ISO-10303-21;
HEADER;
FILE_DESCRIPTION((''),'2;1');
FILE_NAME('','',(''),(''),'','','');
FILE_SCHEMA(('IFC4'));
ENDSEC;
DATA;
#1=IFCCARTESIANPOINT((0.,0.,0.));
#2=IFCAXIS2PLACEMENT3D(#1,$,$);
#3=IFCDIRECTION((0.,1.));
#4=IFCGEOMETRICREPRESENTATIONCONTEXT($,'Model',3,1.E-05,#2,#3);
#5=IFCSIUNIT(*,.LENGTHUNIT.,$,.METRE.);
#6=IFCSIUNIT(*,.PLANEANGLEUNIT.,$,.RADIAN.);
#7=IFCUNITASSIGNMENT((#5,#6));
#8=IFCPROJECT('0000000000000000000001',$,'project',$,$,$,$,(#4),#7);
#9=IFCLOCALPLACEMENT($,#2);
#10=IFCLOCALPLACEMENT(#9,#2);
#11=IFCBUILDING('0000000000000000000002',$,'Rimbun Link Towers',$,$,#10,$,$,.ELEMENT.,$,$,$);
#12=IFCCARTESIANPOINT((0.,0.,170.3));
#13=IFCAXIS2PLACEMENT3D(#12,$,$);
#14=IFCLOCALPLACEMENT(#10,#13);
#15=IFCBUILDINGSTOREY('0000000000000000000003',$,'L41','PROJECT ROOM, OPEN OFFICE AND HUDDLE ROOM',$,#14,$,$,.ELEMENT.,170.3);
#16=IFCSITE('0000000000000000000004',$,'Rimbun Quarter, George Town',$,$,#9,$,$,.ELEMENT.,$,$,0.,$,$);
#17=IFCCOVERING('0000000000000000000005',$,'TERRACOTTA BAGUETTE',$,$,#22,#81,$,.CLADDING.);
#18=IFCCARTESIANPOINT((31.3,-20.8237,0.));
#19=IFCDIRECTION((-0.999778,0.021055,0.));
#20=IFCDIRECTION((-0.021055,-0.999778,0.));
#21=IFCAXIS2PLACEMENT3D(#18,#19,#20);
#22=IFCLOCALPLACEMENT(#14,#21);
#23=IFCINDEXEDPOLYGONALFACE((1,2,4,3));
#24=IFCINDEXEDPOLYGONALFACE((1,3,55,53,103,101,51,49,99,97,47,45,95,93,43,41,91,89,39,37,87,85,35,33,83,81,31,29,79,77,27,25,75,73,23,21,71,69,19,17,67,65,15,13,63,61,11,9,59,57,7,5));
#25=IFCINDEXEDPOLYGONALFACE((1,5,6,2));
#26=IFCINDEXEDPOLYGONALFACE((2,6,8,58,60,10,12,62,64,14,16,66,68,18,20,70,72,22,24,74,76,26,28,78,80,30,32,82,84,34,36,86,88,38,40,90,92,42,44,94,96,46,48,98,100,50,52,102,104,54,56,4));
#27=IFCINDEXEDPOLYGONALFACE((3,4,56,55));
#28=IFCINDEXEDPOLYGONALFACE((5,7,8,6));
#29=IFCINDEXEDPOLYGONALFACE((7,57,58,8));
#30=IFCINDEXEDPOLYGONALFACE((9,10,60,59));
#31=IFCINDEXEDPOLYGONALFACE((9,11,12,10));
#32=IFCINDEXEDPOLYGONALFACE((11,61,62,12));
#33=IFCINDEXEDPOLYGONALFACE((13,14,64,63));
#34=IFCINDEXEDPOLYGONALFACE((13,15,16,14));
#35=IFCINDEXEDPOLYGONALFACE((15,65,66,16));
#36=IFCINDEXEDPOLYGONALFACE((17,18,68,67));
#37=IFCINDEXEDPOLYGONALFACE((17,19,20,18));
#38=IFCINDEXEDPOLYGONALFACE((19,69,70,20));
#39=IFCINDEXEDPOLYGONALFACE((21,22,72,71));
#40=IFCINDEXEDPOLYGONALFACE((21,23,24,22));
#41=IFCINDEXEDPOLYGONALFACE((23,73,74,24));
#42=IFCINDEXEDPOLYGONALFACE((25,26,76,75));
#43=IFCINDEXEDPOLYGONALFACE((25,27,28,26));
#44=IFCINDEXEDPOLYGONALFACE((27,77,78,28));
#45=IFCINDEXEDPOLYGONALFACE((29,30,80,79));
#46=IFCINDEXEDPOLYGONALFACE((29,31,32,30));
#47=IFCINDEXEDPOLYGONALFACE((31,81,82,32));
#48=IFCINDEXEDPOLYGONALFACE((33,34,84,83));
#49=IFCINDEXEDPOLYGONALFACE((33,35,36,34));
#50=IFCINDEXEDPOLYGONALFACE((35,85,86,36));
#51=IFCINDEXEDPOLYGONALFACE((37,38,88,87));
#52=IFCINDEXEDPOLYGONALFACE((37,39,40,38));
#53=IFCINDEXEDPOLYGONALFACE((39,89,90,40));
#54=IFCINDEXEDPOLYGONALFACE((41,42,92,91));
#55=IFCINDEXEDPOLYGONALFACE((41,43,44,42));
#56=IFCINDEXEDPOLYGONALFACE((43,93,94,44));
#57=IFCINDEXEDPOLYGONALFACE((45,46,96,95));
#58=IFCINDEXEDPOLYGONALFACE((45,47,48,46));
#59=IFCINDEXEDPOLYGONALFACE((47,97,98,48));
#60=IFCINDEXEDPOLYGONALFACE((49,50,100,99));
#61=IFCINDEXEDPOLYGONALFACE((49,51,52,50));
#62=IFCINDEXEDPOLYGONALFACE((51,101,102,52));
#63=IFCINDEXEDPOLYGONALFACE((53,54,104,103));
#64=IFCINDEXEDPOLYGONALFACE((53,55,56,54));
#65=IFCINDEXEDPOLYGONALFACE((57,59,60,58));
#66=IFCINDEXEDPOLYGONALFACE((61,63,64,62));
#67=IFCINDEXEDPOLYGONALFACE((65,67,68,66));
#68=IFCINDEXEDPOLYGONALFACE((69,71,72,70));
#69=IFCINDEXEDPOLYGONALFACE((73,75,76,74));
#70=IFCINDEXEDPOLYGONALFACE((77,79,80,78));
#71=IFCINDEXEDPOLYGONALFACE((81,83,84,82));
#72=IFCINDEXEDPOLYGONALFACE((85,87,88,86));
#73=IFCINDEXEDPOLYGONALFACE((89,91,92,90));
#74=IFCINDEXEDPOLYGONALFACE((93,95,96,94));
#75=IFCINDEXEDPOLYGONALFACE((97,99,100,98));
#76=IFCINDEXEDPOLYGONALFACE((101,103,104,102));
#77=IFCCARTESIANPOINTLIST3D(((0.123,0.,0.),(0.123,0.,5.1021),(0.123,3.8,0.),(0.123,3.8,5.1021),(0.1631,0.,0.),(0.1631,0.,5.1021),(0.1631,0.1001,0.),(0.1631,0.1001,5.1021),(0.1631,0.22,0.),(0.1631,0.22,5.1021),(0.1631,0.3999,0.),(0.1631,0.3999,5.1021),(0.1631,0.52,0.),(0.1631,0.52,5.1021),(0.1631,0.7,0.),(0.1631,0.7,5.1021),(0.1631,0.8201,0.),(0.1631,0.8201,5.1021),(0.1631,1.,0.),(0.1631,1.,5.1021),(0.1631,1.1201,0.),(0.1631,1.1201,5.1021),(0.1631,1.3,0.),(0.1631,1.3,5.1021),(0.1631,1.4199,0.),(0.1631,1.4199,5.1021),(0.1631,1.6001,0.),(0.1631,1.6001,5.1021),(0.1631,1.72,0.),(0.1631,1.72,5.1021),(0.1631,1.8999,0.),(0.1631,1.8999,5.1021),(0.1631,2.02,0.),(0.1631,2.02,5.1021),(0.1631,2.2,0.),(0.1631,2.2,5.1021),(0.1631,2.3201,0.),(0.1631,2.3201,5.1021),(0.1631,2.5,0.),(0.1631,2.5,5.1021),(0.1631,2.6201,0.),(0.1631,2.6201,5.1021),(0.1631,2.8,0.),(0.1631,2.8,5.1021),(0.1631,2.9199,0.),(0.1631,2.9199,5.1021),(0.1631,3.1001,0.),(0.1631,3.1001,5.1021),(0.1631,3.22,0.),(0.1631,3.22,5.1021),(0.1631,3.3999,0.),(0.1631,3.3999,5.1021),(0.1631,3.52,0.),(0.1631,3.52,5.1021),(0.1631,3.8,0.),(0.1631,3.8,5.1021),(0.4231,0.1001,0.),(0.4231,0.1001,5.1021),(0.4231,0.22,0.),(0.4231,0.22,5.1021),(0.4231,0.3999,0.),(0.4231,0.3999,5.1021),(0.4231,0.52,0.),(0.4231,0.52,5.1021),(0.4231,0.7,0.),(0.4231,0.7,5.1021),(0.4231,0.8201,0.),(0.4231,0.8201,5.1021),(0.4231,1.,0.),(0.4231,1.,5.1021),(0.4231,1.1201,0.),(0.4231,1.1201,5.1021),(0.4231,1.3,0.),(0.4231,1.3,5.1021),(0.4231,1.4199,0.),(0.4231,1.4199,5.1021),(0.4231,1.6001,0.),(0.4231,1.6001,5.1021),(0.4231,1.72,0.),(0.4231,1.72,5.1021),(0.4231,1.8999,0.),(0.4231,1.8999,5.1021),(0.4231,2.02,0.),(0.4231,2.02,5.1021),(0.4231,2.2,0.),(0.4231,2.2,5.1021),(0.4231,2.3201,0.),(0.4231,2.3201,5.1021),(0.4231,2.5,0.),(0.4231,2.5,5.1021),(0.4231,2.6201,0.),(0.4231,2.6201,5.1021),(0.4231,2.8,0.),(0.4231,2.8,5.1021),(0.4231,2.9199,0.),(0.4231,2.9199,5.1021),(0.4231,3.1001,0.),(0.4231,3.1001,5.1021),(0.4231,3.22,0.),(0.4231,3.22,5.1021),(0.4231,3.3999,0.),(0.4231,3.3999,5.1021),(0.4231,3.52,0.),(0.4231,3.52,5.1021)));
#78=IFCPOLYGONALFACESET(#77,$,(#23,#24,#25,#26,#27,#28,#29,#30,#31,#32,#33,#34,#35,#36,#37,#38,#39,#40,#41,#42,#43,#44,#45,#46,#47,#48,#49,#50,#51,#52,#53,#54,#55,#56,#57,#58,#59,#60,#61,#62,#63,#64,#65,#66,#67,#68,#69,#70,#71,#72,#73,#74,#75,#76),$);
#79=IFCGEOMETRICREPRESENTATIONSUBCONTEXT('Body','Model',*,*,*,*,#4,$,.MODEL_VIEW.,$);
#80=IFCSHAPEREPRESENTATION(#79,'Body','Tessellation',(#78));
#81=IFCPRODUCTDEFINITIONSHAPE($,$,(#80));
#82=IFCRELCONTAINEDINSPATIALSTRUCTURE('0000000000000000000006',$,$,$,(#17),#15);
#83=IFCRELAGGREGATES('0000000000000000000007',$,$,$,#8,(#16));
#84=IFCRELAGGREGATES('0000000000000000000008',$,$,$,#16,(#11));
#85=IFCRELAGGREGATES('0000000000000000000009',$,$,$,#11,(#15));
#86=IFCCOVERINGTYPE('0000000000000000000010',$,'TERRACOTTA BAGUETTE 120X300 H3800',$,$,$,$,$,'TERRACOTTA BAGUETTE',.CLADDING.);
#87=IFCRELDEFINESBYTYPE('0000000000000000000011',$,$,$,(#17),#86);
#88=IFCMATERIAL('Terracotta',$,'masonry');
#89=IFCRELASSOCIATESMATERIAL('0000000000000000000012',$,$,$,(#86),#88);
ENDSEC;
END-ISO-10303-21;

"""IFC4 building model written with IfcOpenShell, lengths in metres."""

from ifc_helpers import new_model, si_unit, direction, frame, origin, place, context, subcontext, project, spatial, polyline, outline, extrude, material, material_profile, profile_set, type_object, element, save


model = new_model("IFC4")

# Units and contexts
model_context = context("Model", 3, precision=1e-05, world=origin(), true_north=direction((0.0, 1.0)))
body_context = subcontext(model_context, "Body", "Model", "MODEL_VIEW")
ifc_project = project(units=[si_unit("LENGTHUNIT", "METRE"), si_unit("PLANEANGLEUNIT", "RADIAN")], contexts=[model_context])

# Site, building, storey
site_placement = place(None, origin())
site = spatial("IfcSite", under=ifc_project, at=site_placement, Name="Rimbun Quarter, George Town", CompositionType="ELEMENT", RefElevation=0.0)
building_placement = place(site_placement, origin())
building = spatial("IfcBuilding", under=site, at=building_placement, Name="Rimbun Link Towers", CompositionType="ELEMENT")
storey_placement = place(building_placement, frame((0.0, 0.0, 170.3)))
storey = spatial("IfcBuildingStorey", under=building, at=storey_placement, Name="L41", Description="PROJECT ROOM, OPEN OFFICE AND HUDDLE ROOM", CompositionType="ELEMENT", Elevation=170.3)

# Covering
ifc_material_1 = material(Name="Terracotta", Category="masonry")
ifc_material_profile_1 = material_profile(ifc_material_1, outline(polyline([(0.123, 0.0), (0.1631, 0.0), (0.1631, 0.1001), (0.4231, 0.1001), (0.4231, 0.22), (0.1631, 0.22), (0.1631, 0.3999), (0.4231, 0.3999), (0.4231, 0.52), (0.1631, 0.52), (0.1631, 0.7), (0.4231, 0.7), (0.4231, 0.8201), (0.1631, 0.8201), (0.1631, 1.0), (0.4231, 1.0), (0.4231, 1.1201), (0.1631, 1.1201), (0.1631, 1.3), (0.4231, 1.3), (0.4231, 1.4199), (0.1631, 1.4199), (0.1631, 1.6001), (0.4231, 1.6001), (0.4231, 1.72), (0.1631, 1.72), (0.1631, 1.8999), (0.4231, 1.8999), (0.4231, 2.02), (0.1631, 2.02), (0.1631, 2.2), (0.4231, 2.2), (0.4231, 2.3201), (0.1631, 2.3201), (0.1631, 2.5), (0.4231, 2.5), (0.4231, 2.6201), (0.1631, 2.6201), (0.1631, 2.8), (0.4231, 2.8), (0.4231, 2.9199), (0.1631, 2.9199), (0.1631, 3.1001), (0.4231, 3.1001), (0.4231, 3.22), (0.1631, 3.22), (0.1631, 3.3999), (0.4231, 3.3999), (0.4231, 3.52), (0.1631, 3.52), (0.1631, 3.8), (0.123, 3.8), (0.123, 0.0)])), Name="BAGUETTE 120X300")
ifc_profile_set_1 = profile_set([ifc_material_profile_1], Name="Terracotta")
covering_type = type_object("IfcCoveringType", Name="TERRACOTTA BAGUETTE 120X300 H3800", ElementType="TERRACOTTA BAGUETTE", PredefinedType="CLADDING", material=ifc_profile_set_1)
covering_placement = place(storey_placement, frame((31.3, -20.8237, 0.0), z_axis=(-0.999778, 0.021055, 0.0), x_axis=(-0.021055, -0.999778, 0.0)))
element("IfcCovering", 1, at=covering_placement, inside=storey, type_object=covering_type, Name="TERRACOTTA BAGUETTE", PredefinedType="CLADDING", context=body_context, shape_type="SweptSolid", body=[
    extrude(outline(polyline([(0.123, 0.0), (0.1631, 0.0), (0.1631, 0.1001), (0.4231, 0.1001), (0.4231, 0.22), (0.1631, 0.22), (0.1631, 0.3999), (0.4231, 0.3999), (0.4231, 0.52), (0.1631, 0.52), (0.1631, 0.7), (0.4231, 0.7), (0.4231, 0.8201), (0.1631, 0.8201), (0.1631, 1.0), (0.4231, 1.0), (0.4231, 1.1201), (0.1631, 1.1201), (0.1631, 1.3), (0.4231, 1.3), (0.4231, 1.4199), (0.1631, 1.4199), (0.1631, 1.6001), (0.4231, 1.6001), (0.4231, 1.72), (0.1631, 1.72), (0.1631, 1.8999), (0.4231, 1.8999), (0.4231, 2.02), (0.1631, 2.02), (0.1631, 2.2), (0.4231, 2.2), (0.4231, 2.3201), (0.1631, 2.3201), (0.1631, 2.5), (0.4231, 2.5), (0.4231, 2.6201), (0.1631, 2.6201), (0.1631, 2.8), (0.4231, 2.8), (0.4231, 2.9199), (0.1631, 2.9199), (0.1631, 3.1001), (0.4231, 3.1001), (0.4231, 3.22), (0.1631, 3.22), (0.1631, 3.3999), (0.4231, 3.3999), (0.4231, 3.52), (0.1631, 3.52), (0.1631, 3.8), (0.123, 3.8), (0.123, 0.0)])), origin(), (0.0, 0.0, 1.0), 5.1021),
])

save(model, "model.ifc")
